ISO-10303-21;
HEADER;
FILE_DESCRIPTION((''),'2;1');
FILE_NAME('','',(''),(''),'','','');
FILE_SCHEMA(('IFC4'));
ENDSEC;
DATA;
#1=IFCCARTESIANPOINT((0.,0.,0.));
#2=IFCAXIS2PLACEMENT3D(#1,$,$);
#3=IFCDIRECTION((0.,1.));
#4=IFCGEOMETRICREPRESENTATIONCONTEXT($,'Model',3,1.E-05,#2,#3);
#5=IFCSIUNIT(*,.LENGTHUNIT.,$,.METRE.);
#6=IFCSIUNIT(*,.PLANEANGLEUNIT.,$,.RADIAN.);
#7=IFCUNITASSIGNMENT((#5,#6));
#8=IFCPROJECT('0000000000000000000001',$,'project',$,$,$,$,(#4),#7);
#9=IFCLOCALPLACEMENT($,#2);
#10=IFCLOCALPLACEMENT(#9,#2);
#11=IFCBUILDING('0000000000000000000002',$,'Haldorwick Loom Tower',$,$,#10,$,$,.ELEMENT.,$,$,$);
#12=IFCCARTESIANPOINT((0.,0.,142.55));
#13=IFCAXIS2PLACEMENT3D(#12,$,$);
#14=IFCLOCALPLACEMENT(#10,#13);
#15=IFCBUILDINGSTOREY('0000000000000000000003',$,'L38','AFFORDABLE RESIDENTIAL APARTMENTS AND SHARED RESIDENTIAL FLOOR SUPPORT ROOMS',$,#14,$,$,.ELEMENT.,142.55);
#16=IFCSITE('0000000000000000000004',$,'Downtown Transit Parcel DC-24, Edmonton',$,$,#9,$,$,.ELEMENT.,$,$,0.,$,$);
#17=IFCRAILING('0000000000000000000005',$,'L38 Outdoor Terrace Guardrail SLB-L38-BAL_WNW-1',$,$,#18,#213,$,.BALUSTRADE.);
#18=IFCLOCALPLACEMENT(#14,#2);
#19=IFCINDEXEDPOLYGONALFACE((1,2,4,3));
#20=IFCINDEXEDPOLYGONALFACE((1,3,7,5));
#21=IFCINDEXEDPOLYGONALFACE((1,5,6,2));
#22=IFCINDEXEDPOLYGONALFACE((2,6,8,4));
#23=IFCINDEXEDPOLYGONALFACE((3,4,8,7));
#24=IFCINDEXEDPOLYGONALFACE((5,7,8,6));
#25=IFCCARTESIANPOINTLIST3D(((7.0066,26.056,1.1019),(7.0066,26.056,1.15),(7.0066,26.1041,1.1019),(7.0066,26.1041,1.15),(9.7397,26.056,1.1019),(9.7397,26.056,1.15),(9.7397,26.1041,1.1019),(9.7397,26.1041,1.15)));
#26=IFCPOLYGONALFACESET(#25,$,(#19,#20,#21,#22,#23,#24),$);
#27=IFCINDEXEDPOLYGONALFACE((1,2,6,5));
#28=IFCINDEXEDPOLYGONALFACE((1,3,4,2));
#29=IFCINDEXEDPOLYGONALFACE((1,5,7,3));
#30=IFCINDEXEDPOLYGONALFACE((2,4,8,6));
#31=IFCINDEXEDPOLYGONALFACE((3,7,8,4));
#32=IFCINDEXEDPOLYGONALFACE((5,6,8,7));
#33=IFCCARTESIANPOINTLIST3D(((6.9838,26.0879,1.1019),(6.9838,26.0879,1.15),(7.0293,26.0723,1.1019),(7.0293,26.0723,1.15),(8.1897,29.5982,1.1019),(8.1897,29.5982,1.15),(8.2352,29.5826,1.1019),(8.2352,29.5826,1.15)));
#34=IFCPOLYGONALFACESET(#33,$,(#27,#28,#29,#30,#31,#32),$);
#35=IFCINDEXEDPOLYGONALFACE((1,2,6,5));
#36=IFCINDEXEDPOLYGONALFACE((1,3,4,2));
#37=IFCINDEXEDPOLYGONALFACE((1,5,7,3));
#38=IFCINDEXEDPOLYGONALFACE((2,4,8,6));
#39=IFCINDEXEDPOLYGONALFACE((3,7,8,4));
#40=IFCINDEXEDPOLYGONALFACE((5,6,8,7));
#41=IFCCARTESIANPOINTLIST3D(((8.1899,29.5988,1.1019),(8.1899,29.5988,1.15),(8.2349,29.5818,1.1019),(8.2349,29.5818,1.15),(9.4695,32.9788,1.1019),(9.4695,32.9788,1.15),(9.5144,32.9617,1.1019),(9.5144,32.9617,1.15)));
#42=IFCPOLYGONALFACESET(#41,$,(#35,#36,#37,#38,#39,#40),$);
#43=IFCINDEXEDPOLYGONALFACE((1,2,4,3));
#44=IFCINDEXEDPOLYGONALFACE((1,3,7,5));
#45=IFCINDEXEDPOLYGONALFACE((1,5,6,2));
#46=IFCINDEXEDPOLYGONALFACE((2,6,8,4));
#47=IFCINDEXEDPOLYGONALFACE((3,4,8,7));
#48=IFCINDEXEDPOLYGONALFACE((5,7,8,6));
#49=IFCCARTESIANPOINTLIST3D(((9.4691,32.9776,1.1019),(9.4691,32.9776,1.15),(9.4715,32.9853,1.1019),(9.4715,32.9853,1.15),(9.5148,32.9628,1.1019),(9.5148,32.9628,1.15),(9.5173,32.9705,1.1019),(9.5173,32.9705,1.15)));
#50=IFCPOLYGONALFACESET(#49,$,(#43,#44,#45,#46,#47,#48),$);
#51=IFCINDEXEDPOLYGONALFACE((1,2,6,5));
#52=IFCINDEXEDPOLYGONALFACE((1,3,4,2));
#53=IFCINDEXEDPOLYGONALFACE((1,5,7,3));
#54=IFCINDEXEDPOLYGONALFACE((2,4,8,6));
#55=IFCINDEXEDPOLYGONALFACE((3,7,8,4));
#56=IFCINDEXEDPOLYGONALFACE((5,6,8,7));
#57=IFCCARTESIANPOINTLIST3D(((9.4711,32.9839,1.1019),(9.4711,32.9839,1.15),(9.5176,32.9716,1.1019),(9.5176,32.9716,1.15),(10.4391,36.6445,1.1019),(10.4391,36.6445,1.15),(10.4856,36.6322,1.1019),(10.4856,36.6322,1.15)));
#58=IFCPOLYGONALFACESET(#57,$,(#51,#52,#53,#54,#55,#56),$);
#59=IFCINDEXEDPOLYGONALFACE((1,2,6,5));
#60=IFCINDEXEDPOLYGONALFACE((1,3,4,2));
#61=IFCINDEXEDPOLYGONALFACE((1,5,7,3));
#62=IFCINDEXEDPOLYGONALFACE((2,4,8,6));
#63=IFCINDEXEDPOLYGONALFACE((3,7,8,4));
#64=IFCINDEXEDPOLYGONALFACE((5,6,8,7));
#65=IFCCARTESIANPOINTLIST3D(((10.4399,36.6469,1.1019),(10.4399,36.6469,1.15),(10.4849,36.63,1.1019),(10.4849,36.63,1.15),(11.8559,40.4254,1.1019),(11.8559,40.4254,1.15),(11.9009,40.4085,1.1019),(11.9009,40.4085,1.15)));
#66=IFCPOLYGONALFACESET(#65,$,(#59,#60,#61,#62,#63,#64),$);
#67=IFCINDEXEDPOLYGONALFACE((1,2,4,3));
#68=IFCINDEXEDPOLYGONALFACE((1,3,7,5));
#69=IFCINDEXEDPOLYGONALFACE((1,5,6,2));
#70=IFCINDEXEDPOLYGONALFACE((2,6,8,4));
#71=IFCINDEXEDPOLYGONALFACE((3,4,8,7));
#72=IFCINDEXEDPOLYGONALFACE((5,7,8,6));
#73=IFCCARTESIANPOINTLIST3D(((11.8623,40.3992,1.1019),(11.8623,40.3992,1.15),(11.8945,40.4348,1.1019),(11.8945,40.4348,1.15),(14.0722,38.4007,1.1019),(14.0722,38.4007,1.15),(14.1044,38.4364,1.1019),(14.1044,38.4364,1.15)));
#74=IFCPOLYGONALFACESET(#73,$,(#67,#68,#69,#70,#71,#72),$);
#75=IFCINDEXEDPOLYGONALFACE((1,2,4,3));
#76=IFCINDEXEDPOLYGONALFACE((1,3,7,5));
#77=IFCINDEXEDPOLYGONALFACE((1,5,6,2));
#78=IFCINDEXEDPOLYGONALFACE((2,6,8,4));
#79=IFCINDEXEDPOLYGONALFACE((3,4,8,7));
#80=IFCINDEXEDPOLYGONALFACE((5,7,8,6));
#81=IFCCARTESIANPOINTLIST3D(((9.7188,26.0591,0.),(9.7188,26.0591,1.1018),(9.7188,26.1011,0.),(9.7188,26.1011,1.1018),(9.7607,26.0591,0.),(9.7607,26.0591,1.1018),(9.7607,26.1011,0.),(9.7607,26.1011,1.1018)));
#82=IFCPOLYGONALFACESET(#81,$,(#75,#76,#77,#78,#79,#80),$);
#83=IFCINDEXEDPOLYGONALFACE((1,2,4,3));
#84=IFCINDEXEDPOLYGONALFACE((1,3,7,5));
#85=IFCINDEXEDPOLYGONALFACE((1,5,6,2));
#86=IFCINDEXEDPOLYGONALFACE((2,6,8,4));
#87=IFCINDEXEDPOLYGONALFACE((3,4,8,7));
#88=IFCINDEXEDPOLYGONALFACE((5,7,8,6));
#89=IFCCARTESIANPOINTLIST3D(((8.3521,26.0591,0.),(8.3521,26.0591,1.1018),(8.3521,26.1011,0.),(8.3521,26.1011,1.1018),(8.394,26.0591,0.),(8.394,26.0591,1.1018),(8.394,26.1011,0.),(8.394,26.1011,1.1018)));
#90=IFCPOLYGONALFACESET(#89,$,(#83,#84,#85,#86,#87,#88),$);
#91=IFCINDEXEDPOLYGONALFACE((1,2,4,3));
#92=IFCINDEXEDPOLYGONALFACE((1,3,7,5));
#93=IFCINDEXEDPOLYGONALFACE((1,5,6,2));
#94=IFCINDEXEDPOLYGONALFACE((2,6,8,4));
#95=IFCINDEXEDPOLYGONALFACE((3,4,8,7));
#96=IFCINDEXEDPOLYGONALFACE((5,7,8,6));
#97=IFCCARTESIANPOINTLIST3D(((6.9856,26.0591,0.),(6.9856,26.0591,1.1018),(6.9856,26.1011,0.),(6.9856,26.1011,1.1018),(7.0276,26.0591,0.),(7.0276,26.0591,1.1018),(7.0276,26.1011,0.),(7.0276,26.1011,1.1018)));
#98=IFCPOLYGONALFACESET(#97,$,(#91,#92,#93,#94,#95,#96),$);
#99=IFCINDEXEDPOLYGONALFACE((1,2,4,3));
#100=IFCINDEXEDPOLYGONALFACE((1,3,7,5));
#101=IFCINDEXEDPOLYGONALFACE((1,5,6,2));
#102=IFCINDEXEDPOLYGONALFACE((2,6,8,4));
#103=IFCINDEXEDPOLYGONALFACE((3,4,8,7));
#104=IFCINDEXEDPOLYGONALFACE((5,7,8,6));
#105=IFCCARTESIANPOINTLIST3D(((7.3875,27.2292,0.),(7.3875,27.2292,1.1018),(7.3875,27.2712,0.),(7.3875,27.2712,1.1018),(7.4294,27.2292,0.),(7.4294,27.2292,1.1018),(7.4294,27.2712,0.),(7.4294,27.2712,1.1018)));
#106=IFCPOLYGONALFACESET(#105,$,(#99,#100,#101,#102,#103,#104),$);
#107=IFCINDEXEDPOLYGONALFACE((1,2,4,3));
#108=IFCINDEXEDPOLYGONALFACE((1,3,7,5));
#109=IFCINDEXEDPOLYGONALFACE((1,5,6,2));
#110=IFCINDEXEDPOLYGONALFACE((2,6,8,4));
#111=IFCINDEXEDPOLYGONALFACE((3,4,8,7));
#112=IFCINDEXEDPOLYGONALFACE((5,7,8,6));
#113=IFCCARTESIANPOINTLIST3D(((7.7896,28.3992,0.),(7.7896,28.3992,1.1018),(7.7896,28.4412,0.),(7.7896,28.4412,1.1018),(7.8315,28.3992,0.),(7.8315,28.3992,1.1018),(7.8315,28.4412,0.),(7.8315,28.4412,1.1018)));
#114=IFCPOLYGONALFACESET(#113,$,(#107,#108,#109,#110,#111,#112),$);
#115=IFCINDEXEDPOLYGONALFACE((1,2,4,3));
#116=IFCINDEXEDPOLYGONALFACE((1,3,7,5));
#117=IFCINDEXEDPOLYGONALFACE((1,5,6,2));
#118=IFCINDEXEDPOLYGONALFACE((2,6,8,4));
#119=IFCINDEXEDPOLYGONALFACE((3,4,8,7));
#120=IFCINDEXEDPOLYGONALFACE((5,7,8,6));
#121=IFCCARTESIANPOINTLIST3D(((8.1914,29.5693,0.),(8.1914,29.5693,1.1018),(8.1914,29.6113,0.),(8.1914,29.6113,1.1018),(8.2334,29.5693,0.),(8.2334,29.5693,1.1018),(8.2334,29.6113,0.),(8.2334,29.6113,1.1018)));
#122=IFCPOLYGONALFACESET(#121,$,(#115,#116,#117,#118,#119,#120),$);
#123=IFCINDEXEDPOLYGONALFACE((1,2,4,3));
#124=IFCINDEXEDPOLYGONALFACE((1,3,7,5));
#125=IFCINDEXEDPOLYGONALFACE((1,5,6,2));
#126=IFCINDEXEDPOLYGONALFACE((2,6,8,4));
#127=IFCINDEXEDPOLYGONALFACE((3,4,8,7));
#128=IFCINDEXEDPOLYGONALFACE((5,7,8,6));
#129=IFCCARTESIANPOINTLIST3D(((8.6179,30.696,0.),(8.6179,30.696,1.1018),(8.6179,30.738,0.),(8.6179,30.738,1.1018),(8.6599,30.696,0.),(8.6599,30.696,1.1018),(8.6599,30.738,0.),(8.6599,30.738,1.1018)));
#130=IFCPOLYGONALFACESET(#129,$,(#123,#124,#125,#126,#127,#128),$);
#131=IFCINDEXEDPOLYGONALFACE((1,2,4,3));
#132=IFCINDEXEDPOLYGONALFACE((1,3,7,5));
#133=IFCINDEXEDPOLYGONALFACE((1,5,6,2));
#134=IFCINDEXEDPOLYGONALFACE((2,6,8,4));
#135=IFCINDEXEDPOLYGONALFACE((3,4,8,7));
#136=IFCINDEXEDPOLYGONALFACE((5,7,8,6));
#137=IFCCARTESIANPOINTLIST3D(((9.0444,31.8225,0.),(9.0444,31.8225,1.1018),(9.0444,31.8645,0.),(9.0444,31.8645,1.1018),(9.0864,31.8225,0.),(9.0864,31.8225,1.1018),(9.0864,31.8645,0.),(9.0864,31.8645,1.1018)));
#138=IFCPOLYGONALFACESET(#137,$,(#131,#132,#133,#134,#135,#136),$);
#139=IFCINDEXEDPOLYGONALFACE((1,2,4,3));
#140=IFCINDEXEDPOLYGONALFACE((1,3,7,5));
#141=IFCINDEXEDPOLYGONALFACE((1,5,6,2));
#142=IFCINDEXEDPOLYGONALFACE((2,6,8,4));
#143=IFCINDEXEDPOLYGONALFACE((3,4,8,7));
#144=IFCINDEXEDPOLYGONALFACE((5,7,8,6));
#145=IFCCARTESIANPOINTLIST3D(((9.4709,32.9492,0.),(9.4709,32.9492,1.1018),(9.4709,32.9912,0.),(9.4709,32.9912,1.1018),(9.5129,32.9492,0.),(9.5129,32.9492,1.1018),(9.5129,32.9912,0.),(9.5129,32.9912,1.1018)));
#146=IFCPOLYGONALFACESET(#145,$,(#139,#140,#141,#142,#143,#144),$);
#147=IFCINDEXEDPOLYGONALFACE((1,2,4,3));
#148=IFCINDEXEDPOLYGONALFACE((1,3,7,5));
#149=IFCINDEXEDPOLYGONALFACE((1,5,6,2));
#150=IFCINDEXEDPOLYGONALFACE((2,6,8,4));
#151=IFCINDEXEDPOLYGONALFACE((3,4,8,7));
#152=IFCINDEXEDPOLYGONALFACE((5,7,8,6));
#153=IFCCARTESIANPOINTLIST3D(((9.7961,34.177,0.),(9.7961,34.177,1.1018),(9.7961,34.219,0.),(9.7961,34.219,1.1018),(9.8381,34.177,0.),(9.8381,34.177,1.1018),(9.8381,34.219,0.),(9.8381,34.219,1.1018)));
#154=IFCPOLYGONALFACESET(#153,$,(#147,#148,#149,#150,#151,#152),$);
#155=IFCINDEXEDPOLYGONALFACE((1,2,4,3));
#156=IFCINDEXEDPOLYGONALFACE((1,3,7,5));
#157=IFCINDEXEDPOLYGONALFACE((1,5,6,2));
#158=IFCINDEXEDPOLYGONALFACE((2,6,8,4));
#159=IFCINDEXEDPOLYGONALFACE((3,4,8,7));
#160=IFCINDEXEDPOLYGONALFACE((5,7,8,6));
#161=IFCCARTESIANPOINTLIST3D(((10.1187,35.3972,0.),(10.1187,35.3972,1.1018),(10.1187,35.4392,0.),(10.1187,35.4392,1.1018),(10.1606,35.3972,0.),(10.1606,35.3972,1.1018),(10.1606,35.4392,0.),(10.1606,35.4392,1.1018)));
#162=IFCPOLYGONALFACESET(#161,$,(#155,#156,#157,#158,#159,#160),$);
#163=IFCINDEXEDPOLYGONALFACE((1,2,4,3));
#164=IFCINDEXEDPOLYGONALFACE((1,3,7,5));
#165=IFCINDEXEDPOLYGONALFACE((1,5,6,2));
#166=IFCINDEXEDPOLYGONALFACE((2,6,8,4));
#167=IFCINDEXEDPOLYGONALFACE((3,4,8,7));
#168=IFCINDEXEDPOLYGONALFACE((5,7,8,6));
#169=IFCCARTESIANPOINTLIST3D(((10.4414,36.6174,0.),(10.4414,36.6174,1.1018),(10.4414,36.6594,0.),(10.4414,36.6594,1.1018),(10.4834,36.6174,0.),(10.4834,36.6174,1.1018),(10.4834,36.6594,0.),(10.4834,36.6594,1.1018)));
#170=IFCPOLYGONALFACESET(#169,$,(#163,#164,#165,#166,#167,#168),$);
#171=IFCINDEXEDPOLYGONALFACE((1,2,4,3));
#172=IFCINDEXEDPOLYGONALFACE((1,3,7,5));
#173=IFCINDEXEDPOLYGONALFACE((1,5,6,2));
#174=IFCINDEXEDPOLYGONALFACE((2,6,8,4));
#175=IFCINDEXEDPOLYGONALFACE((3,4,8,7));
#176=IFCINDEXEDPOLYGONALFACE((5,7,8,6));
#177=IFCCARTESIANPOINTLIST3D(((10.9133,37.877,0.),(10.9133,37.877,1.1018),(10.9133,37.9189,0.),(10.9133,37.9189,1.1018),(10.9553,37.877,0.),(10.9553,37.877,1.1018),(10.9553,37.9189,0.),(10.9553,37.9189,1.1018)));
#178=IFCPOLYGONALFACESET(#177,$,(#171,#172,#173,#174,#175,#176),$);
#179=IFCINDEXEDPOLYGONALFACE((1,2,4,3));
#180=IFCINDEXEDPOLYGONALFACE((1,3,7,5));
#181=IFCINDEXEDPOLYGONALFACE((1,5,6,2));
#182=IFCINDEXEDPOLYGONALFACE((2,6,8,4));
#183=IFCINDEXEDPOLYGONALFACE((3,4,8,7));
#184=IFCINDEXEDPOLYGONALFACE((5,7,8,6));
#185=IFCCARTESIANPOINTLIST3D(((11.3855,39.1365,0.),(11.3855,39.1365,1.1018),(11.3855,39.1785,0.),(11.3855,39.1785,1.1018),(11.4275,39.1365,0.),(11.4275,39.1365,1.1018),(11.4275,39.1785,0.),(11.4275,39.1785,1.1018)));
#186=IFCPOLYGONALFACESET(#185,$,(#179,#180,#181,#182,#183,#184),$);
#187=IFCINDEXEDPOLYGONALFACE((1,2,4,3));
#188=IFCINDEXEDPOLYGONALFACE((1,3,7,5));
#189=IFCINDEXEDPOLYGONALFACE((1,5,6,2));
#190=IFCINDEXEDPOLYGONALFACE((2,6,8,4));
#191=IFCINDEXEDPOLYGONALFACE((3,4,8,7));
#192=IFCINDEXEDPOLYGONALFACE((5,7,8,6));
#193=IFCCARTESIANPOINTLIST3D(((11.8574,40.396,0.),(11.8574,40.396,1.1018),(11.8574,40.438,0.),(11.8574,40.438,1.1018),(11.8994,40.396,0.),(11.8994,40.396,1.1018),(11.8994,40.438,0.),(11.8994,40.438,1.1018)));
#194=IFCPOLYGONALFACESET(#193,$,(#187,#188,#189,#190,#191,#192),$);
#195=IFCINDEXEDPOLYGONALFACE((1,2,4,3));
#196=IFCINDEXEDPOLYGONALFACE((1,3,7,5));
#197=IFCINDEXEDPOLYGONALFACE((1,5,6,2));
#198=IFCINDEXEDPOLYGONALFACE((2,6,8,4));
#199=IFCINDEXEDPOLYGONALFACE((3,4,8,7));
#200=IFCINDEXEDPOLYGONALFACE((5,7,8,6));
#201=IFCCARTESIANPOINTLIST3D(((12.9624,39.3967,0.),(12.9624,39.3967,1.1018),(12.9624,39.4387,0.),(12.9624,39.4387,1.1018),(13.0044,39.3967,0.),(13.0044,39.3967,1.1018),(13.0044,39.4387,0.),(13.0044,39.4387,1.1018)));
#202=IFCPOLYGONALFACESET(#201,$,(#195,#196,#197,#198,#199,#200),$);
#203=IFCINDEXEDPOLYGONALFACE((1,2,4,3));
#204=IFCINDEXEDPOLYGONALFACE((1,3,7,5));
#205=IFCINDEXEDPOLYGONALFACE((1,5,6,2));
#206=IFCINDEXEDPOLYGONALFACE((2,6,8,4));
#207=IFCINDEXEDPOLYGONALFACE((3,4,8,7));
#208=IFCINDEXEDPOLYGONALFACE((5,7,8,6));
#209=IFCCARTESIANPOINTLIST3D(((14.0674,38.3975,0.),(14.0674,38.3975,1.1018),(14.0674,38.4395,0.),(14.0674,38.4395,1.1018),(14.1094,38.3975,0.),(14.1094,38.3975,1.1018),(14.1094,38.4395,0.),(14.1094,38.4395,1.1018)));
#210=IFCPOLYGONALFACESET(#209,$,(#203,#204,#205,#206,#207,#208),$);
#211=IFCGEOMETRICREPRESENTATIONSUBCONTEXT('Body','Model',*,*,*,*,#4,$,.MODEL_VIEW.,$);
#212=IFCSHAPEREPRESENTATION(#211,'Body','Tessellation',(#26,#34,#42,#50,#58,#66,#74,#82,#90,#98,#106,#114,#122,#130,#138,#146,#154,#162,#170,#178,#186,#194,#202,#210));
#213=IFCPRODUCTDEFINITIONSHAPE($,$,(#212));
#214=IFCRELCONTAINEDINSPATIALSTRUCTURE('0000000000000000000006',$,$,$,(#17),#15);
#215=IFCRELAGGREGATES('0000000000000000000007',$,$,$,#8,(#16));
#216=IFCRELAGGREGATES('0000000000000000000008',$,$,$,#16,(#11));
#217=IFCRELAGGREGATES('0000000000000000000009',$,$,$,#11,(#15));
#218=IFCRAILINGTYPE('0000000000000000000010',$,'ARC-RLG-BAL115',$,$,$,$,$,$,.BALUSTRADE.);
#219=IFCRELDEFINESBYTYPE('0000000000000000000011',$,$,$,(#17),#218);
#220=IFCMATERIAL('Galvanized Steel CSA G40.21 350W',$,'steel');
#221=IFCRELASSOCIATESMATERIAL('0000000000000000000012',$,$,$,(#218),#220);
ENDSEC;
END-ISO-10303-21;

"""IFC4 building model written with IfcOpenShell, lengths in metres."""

from ifc_helpers import new_model, si_unit, direction, frame, origin, origin_2d, place, context, subcontext, project, spatial, rectangle, extrude, material, type_object, element, save


model = new_model("IFC4")

# Units and contexts
model_context = context("Model", 3, precision=1e-05, world=origin(), true_north=direction((0.0, 1.0)))
body_context = subcontext(model_context, "Body", "Model", "MODEL_VIEW")
ifc_project = project(units=[si_unit("LENGTHUNIT", "METRE"), si_unit("PLANEANGLEUNIT", "RADIAN")], contexts=[model_context])

# Site, building, storey
site_placement = place(None, origin())
site = spatial("IfcSite", under=ifc_project, at=site_placement, Name="Downtown Transit Parcel DC-24, Edmonton", CompositionType="ELEMENT", RefElevation=0.0)
building_placement = place(site_placement, origin())
building = spatial("IfcBuilding", under=site, at=building_placement, Name="Haldorwick Loom Tower", CompositionType="ELEMENT")
storey_placement = place(building_placement, frame((0.0, 0.0, 142.55)))
storey = spatial("IfcBuildingStorey", under=building, at=storey_placement, Name="L38", Description="AFFORDABLE RESIDENTIAL APARTMENTS AND SHARED RESIDENTIAL FLOOR SUPPORT ROOMS", CompositionType="ELEMENT", Elevation=142.55)

# Railing
ifc_material_1 = material(Name="Galvanized Steel CSA G40.21 350W", Category="steel")
railing_type = type_object("IfcRailingType", Name="ARC-RLG-BAL115", PredefinedType="BALUSTRADE", material=ifc_material_1)
railing_placement = place(storey_placement, frame((9.7397, 26.0801, 0.0)))
element("IfcRailing", 1, at=railing_placement, inside=storey, type_object=railing_type, Name="L38 Outdoor Terrace Guardrail SLB-L38-BAL_WNW-1", PredefinedType="BALUSTRADE", context=body_context, shape_type="SweptSolid", body=[
    extrude(rectangle(XDim=0.0481, YDim=0.0481, at=origin_2d()), frame((0.0, 0.0, 1.126), z_axis=(-1.0, 0.0, 0.0), x_axis=(0.0, -1.0, 0.0)), (0.0, 0.0, 1.0), 2.7332),
    extrude(rectangle(XDim=0.0481, YDim=0.0481, at=origin_2d()), frame((-2.7332, 0.0, 1.126), z_axis=(0.324878, 0.945756, 0.0), x_axis=(-0.945756, 0.324878, 0.0)), (0.0, 0.0, 1.0), 3.7117),
    extrude(rectangle(XDim=0.0481, YDim=0.0481, at=origin_2d()), frame((-1.5273, 3.5103, 1.126), z_axis=(0.354053, 0.935225, 0.0), x_axis=(-0.935225, 0.354053, 0.0)), (0.0, 0.0, 1.0), 3.614),
    extrude(rectangle(XDim=0.0481, YDim=0.0481, at=origin_2d()), frame((-0.2478, 6.8901, 1.126), z_axis=(0.307003, 0.951709, 0.0), x_axis=(-0.951709, 0.307003, 0.0)), (0.0, 0.0, 1.0), 0.0081),
    extrude(rectangle(XDim=0.0481, YDim=0.0481, at=origin_2d()), frame((-0.2454, 6.8977, 1.126), z_axis=(0.255652, 0.966769, 0.0), x_axis=(-0.966769, 0.255652, 0.0)), (0.0, 0.0, 1.0), 3.7864),
    extrude(rectangle(XDim=0.0481, YDim=0.0481, at=origin_2d()), frame((0.7227, 10.5583, 1.126), z_axis=(0.350918, 0.936406, 0.0), x_axis=(-0.936406, 0.350918, 0.0)), (0.0, 0.0, 1.0), 4.0352),
    extrude(rectangle(XDim=0.0481, YDim=0.0481, at=origin_2d()), frame((2.1387, 14.3369, 1.126), z_axis=(0.741695, -0.670737, 0.0), x_axis=(0.670737, 0.741695, 0.0)), (0.0, 0.0, 1.0), 2.9795),
    extrude(rectangle(XDim=0.042, YDim=0.042, at=origin_2d()), origin(), (0.0, 0.0, 1.0), 1.1018),
    extrude(rectangle(XDim=0.042, YDim=0.042, at=origin_2d()), frame((-1.3667, 0.0, 0.0)), (0.0, 0.0, 1.0), 1.1018),
    extrude(rectangle(XDim=0.042, YDim=0.042, at=origin_2d()), frame((-2.7332, 0.0, 0.0)), (0.0, 0.0, 1.0), 1.1018),
    extrude(rectangle(XDim=0.042, YDim=0.042, at=origin_2d()), frame((-2.3313, 1.1702, 0.0)), (0.0, 0.0, 1.0), 1.1018),
    extrude(rectangle(XDim=0.042, YDim=0.042, at=origin_2d()), frame((-1.9292, 2.3401, 0.0)), (0.0, 0.0, 1.0), 1.1018),
    extrude(rectangle(XDim=0.042, YDim=0.042, at=origin_2d()), frame((-1.5273, 3.5103, 0.0)), (0.0, 0.0, 1.0), 1.1018),
    extrude(rectangle(XDim=0.042, YDim=0.042, at=origin_2d()), frame((-1.1008, 4.637, 0.0)), (0.0, 0.0, 1.0), 1.1018),
    extrude(rectangle(XDim=0.042, YDim=0.042, at=origin_2d()), frame((-0.6743, 5.7634, 0.0)), (0.0, 0.0, 1.0), 1.1018),
    extrude(rectangle(XDim=0.042, YDim=0.042, at=origin_2d()), frame((-0.2478, 6.8901, 0.0)), (0.0, 0.0, 1.0), 1.1018),
    extrude(rectangle(XDim=0.042, YDim=0.042, at=origin_2d()), frame((0.0774, 8.1179, 0.0)), (0.0, 0.0, 1.0), 1.1018),
    extrude(rectangle(XDim=0.042, YDim=0.042, at=origin_2d()), frame((0.3999, 9.3381, 0.0)), (0.0, 0.0, 1.0), 1.1018),
    extrude(rectangle(XDim=0.042, YDim=0.042, at=origin_2d()), frame((0.7227, 10.5583, 0.0)), (0.0, 0.0, 1.0), 1.1018),
    extrude(rectangle(XDim=0.042, YDim=0.042, at=origin_2d()), frame((1.1946, 11.8179, 0.0)), (0.0, 0.0, 1.0), 1.1018),
    extrude(rectangle(XDim=0.042, YDim=0.042, at=origin_2d()), frame((1.6667, 13.0774, 0.0)), (0.0, 0.0, 1.0), 1.1018),
    extrude(rectangle(XDim=0.042, YDim=0.042, at=origin_2d()), frame((2.1387, 14.3369, 0.0)), (0.0, 0.0, 1.0), 1.1018),
    extrude(rectangle(XDim=0.042, YDim=0.042, at=origin_2d()), frame((3.2437, 13.3376, 0.0)), (0.0, 0.0, 1.0), 1.1018),
    extrude(rectangle(XDim=0.042, YDim=0.042, at=origin_2d()), frame((4.3486, 12.3384, 0.0)), (0.0, 0.0, 1.0), 1.1018),
])

save(model, "model.ifc")
